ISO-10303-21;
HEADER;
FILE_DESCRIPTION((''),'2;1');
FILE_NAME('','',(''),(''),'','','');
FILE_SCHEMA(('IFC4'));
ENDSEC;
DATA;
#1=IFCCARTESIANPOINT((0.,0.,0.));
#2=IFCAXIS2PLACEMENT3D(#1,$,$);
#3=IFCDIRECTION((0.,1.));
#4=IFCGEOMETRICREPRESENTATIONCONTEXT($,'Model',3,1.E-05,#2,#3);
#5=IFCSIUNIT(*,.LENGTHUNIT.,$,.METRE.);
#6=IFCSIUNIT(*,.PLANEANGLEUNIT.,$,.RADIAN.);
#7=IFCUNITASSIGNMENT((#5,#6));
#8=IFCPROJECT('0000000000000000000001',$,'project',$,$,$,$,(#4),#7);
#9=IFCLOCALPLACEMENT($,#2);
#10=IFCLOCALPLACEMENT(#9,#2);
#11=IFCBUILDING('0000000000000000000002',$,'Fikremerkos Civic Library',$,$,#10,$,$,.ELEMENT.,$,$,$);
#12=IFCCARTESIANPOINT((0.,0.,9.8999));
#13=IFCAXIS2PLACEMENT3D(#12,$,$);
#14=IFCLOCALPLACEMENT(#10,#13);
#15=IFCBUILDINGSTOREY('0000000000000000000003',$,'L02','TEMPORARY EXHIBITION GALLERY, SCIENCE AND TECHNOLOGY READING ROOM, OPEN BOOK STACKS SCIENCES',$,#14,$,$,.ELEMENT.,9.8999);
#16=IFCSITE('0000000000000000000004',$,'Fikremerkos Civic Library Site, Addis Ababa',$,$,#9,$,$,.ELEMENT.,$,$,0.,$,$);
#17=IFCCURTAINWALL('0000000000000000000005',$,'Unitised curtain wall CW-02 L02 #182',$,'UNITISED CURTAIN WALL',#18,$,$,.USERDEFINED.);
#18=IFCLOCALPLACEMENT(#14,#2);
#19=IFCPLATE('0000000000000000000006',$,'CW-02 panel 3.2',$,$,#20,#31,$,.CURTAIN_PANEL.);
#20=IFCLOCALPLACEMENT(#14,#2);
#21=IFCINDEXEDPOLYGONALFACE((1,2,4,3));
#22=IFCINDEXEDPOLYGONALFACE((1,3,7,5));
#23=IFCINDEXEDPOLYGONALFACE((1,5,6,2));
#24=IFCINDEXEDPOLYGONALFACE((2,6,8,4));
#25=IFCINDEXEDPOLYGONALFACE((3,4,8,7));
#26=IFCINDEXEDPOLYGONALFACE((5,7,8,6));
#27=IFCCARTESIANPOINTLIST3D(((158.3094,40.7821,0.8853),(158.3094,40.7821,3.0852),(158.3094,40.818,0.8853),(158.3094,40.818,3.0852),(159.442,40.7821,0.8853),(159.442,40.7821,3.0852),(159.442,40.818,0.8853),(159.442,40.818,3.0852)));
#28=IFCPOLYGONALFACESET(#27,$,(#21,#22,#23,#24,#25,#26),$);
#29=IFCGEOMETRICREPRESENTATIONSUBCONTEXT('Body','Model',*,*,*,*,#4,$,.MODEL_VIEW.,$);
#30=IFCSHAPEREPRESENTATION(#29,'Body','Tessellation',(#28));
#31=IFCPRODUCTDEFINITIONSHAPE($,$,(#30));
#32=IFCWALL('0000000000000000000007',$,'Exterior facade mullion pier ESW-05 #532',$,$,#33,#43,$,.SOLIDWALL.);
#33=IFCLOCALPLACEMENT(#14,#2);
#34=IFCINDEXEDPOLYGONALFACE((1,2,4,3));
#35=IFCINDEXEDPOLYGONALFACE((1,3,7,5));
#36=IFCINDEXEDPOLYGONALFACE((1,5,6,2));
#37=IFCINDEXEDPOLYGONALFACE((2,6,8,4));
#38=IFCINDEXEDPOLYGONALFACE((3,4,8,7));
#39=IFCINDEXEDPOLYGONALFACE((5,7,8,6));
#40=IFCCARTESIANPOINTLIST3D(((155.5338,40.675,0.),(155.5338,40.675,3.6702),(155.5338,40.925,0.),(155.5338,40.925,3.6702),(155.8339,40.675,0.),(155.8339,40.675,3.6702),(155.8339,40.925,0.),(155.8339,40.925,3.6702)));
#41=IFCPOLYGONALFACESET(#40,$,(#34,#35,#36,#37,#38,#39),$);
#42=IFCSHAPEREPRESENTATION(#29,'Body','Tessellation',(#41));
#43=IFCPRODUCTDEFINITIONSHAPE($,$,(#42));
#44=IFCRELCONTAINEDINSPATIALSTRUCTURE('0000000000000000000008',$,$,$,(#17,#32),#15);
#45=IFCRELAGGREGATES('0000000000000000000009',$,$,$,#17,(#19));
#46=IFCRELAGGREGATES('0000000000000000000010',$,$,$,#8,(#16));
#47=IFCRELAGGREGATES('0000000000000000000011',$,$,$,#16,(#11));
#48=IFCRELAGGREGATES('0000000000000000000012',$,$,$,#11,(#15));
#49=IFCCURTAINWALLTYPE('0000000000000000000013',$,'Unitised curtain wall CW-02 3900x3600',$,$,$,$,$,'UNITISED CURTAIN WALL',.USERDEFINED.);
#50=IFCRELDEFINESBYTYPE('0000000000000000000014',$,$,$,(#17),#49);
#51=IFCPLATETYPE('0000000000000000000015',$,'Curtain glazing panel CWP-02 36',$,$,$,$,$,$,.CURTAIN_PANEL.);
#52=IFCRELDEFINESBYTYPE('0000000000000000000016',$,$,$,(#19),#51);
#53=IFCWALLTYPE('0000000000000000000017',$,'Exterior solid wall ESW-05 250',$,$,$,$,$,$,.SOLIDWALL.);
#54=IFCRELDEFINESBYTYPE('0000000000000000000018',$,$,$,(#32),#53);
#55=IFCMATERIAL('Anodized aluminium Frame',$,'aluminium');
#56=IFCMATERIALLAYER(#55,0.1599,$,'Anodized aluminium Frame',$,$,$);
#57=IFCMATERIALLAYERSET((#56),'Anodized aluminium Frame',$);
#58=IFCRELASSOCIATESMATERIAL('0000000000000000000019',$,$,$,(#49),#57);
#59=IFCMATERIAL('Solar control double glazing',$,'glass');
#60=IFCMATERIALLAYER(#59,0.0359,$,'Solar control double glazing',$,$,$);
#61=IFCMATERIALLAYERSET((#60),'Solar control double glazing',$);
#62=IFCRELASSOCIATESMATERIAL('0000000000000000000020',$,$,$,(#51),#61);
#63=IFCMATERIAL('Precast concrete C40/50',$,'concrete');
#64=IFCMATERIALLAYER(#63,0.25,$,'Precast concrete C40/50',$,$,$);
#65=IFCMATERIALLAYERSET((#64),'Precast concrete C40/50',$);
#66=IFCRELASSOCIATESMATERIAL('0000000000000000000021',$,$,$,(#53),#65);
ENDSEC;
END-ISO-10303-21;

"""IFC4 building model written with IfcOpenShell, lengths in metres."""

from ifc_helpers import new_model, si_unit, direction, frame, frame_2d, origin, origin_2d, place, context, subcontext, project, spatial, rectangle, extrude, material, layer, layer_set, type_object, element, aggregate, save


model = new_model("IFC4")

# Units and contexts
model_context = context("Model", 3, precision=1e-05, world=origin(), true_north=direction((0.0, 1.0)))
body_context = subcontext(model_context, "Body", "Model", "MODEL_VIEW")
ifc_project = project(units=[si_unit("LENGTHUNIT", "METRE"), si_unit("PLANEANGLEUNIT", "RADIAN")], contexts=[model_context])

# Site, building, storey
site_placement = place(None, origin())
site = spatial("IfcSite", under=ifc_project, at=site_placement, Name="Fikremerkos Civic Library Site, Addis Ababa", CompositionType="ELEMENT", RefElevation=0.0)
building_placement = place(site_placement, origin())
building = spatial("IfcBuilding", under=site, at=building_placement, Name="Fikremerkos Civic Library", CompositionType="ELEMENT")
storey_placement = place(building_placement, frame((0.0, 0.0, 9.8999)))
storey = spatial("IfcBuildingStorey", under=building, at=storey_placement, Name="L02", Description="TEMPORARY EXHIBITION GALLERY, SCIENCE AND TECHNOLOGY READING ROOM, OPEN BOOK STACKS SCIENCES", CompositionType="ELEMENT", Elevation=9.8999)

# Shared definitions
ifc_material_1 = material(Name="Anodized aluminium Frame", Category="aluminium")

# Curtain wall
ifc_layer_1 = layer(ifc_material_1, 0.1599, Name="Anodized aluminium Frame")
ifc_layer_set_1 = layer_set([ifc_layer_1], Name="Anodized aluminium Frame")
curtain_wall_type_1 = type_object("IfcCurtainWallType", Name="Unitised curtain wall CW-02 3900x3600", ElementType="UNITISED CURTAIN WALL", PredefinedType="USERDEFINED", material=ifc_layer_set_1)
curtain_wall_1_placement = place(storey_placement, origin())
curtain_wall_1 = element("IfcCurtainWall", 1, at=curtain_wall_1_placement, inside=storey, type_object=curtain_wall_type_1, Name="Unitised curtain wall CW-02 L02 #182", ObjectType="UNITISED CURTAIN WALL", PredefinedType="USERDEFINED")

# Plate
ifc_material_2 = material(Name="Solar control double glazing", Category="glass")
ifc_layer_2 = layer(ifc_material_2, 0.0359, Name="Solar control double glazing")
ifc_layer_set_2 = layer_set([ifc_layer_2], Name="Solar control double glazing")
plate_type_1 = type_object("IfcPlateType", Name="Curtain glazing panel CWP-02 36", PredefinedType="CURTAIN_PANEL", material=ifc_layer_set_2)
plate_1_placement = place(storey_placement, frame((158.8757, 40.8, 0.8853), z_axis=(0.0, 0.0, 1.0), x_axis=(1.0, 0.0, 0.0)))
plate_1 = element("IfcPlate", 2, at=plate_1_placement, type_object=plate_type_1, Name="CW-02 panel 3.2", PredefinedType="CURTAIN_PANEL", context=body_context, shape_type="SweptSolid", body=[
    extrude(rectangle(XDim=1.1326, YDim=0.0359, at=origin_2d()), origin(), (0.0, 0.0, 1.0), 2.2),
])
aggregate(curtain_wall_1, [plate_1])

# Wall
ifc_material_3 = material(Name="Precast concrete C40/50", Category="concrete")
ifc_layer_3 = layer(ifc_material_3, 0.25, Name="Precast concrete C40/50")
ifc_layer_set_3 = layer_set([ifc_layer_3], Name="Precast concrete C40/50")
wall_type = type_object("IfcWallType", Name="Exterior solid wall ESW-05 250", PredefinedType="SOLIDWALL", material=ifc_layer_set_3)
wall_placement = place(storey_placement, frame((155.5339, 40.8, 0.0), z_axis=(0.0, 0.0, 1.0), x_axis=(1.0, 0.0, 0.0)))
element("IfcWall", 3, at=wall_placement, inside=storey, type_object=wall_type, Name="Exterior facade mullion pier ESW-05 #532", PredefinedType="SOLIDWALL", context=body_context, shape_type="SweptSolid", body=[
    extrude(rectangle(XDim=0.3, YDim=0.25, at=frame_2d((0.1499, 0.0))), origin(), (0.0, 0.0, 1.0), 3.6702),
])

save(model, "model.ifc")
